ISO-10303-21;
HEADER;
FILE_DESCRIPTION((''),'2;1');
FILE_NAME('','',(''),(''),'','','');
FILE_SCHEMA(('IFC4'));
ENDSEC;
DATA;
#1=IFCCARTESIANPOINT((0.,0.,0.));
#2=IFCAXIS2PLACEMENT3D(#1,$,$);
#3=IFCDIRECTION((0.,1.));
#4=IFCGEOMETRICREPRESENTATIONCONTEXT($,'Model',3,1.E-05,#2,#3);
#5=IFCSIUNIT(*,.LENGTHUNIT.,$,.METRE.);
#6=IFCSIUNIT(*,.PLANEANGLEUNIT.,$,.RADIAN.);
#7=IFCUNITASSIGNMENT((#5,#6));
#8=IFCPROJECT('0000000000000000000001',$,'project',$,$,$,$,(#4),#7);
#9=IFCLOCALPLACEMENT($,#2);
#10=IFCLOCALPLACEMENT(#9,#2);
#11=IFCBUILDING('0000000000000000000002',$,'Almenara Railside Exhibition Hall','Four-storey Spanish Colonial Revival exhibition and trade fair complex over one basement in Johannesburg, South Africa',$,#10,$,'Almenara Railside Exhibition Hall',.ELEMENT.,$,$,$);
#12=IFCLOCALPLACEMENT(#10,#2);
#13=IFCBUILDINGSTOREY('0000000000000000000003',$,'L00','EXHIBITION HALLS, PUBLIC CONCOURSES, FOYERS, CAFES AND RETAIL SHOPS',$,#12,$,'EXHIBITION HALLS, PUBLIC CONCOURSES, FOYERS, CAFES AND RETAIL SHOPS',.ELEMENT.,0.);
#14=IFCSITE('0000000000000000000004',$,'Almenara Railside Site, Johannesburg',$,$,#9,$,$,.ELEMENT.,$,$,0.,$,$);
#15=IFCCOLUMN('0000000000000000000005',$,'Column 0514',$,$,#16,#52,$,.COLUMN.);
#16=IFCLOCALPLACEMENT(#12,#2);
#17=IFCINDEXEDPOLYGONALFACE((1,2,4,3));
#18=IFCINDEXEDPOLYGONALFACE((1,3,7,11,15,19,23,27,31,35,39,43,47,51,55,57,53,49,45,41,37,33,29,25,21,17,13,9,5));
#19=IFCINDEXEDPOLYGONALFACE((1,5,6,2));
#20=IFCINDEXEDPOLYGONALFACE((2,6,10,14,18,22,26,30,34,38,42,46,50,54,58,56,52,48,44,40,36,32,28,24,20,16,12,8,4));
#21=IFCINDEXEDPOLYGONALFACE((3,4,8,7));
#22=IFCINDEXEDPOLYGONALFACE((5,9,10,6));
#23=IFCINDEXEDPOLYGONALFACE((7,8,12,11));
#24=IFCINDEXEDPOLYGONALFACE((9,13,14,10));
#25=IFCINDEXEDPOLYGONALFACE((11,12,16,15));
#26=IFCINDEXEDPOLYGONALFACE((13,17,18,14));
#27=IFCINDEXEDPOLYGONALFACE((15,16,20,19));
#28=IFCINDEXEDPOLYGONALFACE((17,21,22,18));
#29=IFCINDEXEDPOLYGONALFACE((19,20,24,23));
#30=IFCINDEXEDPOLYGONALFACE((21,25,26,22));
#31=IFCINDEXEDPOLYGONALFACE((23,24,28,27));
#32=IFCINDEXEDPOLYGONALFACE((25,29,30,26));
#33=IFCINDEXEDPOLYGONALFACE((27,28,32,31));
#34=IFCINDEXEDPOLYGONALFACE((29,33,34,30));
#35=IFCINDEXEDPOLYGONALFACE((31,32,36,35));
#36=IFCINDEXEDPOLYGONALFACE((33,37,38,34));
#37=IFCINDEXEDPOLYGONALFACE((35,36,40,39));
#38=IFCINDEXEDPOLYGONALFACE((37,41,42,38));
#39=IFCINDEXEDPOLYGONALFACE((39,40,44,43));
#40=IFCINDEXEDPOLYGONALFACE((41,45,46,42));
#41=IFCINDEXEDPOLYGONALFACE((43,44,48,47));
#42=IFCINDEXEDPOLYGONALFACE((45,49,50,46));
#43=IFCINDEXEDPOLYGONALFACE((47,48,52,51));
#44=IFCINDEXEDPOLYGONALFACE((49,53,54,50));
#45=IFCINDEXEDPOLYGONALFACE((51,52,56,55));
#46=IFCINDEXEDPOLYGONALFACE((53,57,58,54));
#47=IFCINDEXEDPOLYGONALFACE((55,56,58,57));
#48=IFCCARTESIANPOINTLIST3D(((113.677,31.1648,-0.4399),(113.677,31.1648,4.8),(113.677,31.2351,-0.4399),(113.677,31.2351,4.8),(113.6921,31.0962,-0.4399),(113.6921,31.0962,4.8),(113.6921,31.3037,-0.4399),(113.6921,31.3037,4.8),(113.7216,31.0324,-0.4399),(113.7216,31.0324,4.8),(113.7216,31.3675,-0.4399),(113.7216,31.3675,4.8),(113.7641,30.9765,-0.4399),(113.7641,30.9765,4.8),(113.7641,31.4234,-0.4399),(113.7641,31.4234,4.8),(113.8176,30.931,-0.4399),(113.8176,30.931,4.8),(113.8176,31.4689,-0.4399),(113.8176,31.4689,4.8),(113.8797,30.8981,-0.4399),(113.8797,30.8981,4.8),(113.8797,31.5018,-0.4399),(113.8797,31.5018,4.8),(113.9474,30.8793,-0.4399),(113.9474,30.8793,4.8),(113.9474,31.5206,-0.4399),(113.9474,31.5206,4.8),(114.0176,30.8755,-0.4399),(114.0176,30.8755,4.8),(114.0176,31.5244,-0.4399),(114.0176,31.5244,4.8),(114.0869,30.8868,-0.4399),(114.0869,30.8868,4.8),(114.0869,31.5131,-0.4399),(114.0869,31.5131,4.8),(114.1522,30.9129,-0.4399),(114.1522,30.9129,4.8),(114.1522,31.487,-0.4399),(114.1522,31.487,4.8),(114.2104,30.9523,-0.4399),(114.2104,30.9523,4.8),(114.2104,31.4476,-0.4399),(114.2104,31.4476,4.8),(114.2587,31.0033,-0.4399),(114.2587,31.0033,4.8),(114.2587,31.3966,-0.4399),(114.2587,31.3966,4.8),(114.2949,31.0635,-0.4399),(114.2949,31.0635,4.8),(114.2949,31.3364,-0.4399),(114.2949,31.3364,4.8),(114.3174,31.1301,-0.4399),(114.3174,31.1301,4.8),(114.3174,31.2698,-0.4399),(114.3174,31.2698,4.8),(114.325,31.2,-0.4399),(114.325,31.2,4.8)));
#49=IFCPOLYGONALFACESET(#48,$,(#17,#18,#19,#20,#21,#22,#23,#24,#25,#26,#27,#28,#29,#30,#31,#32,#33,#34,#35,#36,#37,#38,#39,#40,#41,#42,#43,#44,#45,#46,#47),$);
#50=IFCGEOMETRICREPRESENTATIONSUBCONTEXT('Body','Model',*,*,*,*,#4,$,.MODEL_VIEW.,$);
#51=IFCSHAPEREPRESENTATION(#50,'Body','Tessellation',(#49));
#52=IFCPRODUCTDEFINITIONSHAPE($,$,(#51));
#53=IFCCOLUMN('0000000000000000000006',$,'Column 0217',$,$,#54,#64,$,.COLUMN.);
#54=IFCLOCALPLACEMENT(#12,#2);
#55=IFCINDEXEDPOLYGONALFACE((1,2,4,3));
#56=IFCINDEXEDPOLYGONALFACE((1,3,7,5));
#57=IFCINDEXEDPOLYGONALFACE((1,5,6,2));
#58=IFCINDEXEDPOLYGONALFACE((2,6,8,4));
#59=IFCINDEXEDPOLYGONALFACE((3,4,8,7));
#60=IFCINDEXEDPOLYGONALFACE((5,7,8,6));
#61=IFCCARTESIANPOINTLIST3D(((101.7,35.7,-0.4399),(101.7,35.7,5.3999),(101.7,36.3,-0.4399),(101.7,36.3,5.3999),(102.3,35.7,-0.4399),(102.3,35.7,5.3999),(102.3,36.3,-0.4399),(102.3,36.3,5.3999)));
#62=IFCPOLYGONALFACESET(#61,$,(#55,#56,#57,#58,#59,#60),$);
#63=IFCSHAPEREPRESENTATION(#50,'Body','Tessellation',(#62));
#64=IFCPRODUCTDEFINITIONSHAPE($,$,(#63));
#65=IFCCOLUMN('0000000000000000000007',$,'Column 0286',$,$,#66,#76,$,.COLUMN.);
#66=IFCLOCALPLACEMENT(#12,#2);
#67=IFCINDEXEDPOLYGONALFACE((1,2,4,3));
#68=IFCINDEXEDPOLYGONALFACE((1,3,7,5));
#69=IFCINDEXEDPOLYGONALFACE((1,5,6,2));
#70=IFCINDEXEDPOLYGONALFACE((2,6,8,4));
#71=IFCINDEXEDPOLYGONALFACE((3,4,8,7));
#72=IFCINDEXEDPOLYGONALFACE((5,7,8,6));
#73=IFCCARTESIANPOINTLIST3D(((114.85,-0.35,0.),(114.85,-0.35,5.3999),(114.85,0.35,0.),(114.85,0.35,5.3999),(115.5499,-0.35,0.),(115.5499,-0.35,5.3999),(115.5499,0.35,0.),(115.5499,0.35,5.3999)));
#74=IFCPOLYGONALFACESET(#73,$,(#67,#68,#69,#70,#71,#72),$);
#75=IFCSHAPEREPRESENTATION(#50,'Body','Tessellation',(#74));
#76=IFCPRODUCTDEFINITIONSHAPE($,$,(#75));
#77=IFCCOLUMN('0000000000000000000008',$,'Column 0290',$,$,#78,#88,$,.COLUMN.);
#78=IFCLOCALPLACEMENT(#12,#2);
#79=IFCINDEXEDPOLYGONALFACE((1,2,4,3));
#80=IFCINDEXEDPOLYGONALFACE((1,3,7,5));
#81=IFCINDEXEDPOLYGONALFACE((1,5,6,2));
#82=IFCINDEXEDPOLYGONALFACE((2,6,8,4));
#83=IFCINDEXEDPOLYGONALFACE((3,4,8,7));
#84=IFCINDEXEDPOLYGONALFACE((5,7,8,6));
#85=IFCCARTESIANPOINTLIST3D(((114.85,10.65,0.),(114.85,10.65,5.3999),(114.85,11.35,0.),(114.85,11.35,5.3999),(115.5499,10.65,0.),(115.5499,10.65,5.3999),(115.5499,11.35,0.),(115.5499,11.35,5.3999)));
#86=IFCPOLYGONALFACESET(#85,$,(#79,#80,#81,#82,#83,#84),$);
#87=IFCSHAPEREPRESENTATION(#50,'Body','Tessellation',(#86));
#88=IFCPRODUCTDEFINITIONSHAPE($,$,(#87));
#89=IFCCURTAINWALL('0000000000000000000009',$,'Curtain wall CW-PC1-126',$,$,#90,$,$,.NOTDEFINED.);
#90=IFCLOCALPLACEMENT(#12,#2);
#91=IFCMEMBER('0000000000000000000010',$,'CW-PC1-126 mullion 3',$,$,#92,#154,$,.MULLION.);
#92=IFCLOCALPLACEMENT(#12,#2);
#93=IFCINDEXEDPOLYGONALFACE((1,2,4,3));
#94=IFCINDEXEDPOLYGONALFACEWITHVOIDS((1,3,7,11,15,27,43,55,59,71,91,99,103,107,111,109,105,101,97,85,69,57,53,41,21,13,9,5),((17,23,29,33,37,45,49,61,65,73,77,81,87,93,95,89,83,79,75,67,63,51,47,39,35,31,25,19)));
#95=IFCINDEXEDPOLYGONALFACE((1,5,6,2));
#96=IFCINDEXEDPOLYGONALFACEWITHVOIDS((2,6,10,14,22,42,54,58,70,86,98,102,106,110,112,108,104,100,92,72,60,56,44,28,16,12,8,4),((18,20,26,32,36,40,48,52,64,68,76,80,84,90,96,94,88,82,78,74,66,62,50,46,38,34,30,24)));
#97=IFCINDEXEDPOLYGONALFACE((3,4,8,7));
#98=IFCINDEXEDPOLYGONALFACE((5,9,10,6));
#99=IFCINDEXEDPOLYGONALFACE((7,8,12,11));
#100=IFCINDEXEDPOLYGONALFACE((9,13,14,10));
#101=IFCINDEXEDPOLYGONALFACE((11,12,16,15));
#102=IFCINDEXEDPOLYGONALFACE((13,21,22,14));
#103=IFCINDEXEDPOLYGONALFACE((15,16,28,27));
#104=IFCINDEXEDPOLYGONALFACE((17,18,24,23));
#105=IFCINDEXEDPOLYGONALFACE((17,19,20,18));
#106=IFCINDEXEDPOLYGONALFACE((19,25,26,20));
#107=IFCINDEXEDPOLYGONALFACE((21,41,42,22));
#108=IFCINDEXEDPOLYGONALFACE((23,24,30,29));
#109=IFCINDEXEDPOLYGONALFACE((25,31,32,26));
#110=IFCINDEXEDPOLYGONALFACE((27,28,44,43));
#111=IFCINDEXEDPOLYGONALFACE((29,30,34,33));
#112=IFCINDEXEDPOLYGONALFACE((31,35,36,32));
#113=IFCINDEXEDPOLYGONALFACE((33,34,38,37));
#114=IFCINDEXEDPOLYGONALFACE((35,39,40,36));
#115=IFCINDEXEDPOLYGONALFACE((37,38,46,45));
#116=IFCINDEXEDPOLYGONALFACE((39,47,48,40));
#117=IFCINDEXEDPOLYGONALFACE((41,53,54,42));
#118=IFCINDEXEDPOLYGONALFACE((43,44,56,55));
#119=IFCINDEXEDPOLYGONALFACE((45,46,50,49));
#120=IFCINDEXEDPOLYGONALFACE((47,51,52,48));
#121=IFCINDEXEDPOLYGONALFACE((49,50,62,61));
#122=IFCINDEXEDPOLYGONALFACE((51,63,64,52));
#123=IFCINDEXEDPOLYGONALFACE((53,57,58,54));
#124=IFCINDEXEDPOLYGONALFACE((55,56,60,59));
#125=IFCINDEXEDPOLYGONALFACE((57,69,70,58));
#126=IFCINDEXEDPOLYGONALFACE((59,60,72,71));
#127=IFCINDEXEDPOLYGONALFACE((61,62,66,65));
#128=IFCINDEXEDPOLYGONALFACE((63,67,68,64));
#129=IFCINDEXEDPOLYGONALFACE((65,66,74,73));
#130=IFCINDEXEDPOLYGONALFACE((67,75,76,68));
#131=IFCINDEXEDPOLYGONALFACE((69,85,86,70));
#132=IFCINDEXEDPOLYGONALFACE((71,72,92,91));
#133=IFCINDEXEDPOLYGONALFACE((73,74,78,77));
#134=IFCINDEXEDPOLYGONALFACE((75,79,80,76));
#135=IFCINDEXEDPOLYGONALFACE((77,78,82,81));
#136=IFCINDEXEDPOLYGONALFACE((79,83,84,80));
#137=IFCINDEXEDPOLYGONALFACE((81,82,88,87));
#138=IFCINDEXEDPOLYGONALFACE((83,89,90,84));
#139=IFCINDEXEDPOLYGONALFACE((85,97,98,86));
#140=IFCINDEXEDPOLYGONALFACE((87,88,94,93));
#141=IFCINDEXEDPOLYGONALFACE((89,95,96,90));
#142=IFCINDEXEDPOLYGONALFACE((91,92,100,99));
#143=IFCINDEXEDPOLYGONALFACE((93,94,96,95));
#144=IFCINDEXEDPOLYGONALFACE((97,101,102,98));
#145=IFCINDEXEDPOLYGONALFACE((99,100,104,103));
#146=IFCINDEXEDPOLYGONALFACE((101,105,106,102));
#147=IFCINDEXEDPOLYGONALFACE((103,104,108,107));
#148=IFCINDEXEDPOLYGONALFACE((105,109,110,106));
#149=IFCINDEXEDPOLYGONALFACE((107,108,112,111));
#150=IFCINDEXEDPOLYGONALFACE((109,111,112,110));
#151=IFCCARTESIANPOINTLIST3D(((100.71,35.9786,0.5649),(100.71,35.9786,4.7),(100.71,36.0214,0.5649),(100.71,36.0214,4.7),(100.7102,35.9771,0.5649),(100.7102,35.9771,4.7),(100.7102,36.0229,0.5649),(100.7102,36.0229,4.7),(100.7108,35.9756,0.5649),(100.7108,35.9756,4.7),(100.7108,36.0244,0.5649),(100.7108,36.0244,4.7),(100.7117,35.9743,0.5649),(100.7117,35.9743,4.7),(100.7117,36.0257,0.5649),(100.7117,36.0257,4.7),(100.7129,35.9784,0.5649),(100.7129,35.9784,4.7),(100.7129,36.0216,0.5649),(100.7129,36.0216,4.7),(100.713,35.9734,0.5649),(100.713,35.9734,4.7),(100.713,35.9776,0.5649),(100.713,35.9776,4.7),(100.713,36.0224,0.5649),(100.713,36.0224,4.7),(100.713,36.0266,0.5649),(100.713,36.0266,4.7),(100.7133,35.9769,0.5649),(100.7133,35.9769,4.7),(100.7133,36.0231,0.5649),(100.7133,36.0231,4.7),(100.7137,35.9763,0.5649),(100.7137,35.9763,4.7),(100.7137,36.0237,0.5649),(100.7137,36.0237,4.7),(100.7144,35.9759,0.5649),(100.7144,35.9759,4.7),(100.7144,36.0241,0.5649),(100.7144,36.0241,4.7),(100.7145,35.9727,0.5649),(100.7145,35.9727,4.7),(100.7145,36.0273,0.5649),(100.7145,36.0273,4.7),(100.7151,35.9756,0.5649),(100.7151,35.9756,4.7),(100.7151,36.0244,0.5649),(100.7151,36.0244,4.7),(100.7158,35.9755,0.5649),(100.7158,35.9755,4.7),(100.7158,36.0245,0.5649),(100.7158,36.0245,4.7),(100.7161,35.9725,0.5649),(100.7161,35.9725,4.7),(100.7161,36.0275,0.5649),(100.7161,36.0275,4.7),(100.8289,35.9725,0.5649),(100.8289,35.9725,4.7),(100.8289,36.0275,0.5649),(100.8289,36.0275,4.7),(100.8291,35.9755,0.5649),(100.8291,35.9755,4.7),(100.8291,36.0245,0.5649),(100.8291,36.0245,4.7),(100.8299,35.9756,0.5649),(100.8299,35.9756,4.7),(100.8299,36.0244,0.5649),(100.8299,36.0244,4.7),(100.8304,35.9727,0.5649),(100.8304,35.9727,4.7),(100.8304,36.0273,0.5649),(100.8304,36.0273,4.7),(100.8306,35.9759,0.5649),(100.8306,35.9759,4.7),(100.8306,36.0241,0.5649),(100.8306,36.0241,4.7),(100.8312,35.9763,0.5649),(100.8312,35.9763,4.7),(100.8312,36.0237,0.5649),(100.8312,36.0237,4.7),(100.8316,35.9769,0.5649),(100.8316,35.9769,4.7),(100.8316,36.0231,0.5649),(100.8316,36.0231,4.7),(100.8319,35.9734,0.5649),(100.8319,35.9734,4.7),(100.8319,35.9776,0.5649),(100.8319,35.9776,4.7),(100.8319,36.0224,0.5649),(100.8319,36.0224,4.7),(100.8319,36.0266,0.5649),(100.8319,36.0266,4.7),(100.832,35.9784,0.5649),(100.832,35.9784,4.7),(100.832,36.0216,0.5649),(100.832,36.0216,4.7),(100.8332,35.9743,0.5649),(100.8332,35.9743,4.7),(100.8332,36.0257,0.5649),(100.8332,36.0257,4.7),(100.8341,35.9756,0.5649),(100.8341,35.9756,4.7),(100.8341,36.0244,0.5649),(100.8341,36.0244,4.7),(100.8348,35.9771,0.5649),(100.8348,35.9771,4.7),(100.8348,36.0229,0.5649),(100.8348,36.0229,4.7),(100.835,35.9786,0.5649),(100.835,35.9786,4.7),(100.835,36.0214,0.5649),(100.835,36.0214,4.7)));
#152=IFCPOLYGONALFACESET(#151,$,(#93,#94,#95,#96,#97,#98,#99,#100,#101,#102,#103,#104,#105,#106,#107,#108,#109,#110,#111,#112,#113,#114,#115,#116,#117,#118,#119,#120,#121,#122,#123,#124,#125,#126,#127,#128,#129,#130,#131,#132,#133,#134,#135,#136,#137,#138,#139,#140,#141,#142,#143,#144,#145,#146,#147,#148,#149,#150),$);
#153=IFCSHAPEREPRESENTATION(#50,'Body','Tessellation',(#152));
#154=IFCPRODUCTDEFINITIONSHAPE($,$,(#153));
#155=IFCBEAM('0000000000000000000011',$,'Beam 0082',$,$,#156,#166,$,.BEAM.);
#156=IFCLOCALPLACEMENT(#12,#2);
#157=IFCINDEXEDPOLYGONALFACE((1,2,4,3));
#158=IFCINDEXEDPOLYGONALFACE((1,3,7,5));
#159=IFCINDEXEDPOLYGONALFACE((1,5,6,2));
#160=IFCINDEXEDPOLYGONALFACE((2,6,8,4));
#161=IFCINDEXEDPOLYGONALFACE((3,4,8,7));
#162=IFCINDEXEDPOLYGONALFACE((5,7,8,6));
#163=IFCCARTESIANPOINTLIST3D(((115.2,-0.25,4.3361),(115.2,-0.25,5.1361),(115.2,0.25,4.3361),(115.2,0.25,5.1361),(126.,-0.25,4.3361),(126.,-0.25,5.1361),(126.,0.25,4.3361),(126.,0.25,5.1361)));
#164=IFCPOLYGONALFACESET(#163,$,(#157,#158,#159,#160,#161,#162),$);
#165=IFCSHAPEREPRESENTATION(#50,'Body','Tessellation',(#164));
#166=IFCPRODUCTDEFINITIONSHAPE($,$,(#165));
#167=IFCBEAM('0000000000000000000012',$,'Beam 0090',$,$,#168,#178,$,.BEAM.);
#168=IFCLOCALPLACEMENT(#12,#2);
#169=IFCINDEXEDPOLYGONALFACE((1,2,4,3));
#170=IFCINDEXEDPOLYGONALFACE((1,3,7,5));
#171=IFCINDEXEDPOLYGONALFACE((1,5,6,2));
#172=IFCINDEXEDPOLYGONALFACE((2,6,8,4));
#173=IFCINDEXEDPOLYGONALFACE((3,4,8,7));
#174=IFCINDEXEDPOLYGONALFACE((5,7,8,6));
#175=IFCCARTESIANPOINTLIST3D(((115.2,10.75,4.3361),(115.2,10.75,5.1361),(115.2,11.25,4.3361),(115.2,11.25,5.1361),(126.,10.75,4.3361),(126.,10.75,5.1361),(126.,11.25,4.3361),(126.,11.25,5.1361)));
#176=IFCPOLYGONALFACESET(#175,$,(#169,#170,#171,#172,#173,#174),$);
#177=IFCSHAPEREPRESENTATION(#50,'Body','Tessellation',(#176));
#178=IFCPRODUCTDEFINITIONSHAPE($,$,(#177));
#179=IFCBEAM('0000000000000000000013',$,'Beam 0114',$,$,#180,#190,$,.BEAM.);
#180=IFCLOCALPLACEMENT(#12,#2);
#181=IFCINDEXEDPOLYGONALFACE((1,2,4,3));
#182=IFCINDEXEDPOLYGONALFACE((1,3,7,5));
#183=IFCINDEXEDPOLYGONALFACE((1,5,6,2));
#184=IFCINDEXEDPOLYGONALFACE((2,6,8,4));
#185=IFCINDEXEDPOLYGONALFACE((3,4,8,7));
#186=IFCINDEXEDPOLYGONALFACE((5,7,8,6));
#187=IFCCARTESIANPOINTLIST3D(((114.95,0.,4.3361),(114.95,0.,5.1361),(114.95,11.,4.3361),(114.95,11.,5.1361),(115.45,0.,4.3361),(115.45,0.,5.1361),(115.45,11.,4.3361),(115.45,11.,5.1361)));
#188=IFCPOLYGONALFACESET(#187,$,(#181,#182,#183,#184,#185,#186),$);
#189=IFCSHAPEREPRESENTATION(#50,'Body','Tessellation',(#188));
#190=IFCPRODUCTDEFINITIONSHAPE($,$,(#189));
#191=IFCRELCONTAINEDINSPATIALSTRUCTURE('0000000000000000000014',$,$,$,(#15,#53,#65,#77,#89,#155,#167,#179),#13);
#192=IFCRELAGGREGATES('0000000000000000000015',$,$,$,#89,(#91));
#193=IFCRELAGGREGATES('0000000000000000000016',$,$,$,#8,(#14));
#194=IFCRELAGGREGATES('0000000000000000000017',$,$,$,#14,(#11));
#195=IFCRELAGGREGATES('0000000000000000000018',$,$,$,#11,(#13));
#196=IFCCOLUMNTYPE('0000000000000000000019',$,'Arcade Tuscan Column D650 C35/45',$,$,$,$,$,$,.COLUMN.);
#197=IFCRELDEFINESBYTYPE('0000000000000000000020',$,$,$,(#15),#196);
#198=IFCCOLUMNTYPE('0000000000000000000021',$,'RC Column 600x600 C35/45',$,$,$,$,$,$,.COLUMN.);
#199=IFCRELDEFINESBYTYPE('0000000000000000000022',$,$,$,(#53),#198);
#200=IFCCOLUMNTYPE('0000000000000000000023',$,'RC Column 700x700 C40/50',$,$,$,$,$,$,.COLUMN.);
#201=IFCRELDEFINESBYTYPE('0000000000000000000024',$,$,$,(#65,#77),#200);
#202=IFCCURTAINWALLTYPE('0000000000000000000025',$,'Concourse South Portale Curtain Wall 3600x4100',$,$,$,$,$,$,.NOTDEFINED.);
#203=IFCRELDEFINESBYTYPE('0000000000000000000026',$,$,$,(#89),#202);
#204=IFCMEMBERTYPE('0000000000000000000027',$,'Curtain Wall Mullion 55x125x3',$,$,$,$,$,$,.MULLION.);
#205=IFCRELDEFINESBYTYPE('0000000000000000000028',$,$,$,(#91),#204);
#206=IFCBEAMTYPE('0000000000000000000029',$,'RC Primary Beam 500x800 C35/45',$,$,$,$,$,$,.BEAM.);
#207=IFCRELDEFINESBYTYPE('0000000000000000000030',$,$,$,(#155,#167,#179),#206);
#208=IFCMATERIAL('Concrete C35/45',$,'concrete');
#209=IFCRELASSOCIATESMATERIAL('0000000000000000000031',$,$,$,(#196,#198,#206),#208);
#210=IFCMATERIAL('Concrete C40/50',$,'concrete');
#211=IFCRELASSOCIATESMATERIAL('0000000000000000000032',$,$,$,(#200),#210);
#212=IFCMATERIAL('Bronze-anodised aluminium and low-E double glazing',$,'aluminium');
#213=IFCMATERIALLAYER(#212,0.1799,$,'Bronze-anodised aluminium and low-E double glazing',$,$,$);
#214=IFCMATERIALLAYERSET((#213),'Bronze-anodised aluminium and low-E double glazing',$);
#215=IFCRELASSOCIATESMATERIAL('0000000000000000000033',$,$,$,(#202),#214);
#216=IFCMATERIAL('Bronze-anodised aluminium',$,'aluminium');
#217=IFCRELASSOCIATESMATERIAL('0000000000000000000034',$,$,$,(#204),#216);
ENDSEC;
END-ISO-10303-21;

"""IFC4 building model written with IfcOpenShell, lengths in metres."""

from ifc_helpers import new_model, si_unit, direction, frame, origin, origin_2d, place, context, subcontext, project, spatial, rectangle, hollow_rectangle, circle, extrude, material, layer, layer_set, material_profile, profile_set, type_object, element, aggregate, save


model = new_model("IFC4")

# Units and contexts
model_context = context("Model", 3, precision=1e-05, world=origin(), true_north=direction((0.0, 1.0)))
body_context = subcontext(model_context, "Body", "Model", "MODEL_VIEW")
ifc_project = project(units=[si_unit("LENGTHUNIT", "METRE"), si_unit("PLANEANGLEUNIT", "RADIAN")], contexts=[model_context])

# Site, building, storey
site_placement = place(None, origin())
site = spatial("IfcSite", under=ifc_project, at=site_placement, Name="Almenara Railside Site, Johannesburg", CompositionType="ELEMENT", RefElevation=0.0)
building_placement = place(site_placement, origin())
building = spatial("IfcBuilding", under=site, at=building_placement, Name="Almenara Railside Exhibition Hall", Description="Four-storey Spanish Colonial Revival exhibition and trade fair complex over one basement in Johannesburg, South Africa", LongName="Almenara Railside Exhibition Hall", CompositionType="ELEMENT")
storey_placement = place(building_placement, origin())
storey = spatial("IfcBuildingStorey", under=building, at=storey_placement, Name="L00", Description="EXHIBITION HALLS, PUBLIC CONCOURSES, FOYERS, CAFES AND RETAIL SHOPS", LongName="EXHIBITION HALLS, PUBLIC CONCOURSES, FOYERS, CAFES AND RETAIL SHOPS", CompositionType="ELEMENT", Elevation=0.0)

# Shared definitions
ifc_material_1 = material(Name="Concrete C40/50", Category="concrete")

# Columns
ifc_material_2 = material(Name="Concrete C35/45", Category="concrete")
ifc_material_profile_1 = material_profile(ifc_material_2, circle(Radius=0.325, at=origin_2d()), Name="RC-COL D650")
ifc_profile_set_1 = profile_set([ifc_material_profile_1], Name="Concrete C35/45")
column_type_1 = type_object("IfcColumnType", Name="Arcade Tuscan Column D650 C35/45", PredefinedType="COLUMN", material=ifc_profile_set_1)
for number, where, z_axis, x_axis, name in (
    (1, (114.0, 31.2, -0.4399), (0.0, 0.0, 1.0), (1.0, 0.0, 0.0), "Column 0514"),
):
    element("IfcColumn", number, at=place(storey_placement, frame(where, z_axis=z_axis, x_axis=x_axis)), inside=storey, type_object=column_type_1, Name=name, PredefinedType="COLUMN", context=body_context, shape_type="SweptSolid", body=[
        extrude(circle(Radius=0.325, at=origin_2d()), origin(), (0.0, 0.0, 1.0), 5.24),
    ])
ifc_material_profile_2 = material_profile(ifc_material_2, rectangle(XDim=0.6001, YDim=0.6001, at=origin_2d()), Name="RC 600x600")
ifc_profile_set_2 = profile_set([ifc_material_profile_2], Name="Concrete C35/45")
column_type_2 = type_object("IfcColumnType", Name="RC Column 600x600 C35/45", PredefinedType="COLUMN", material=ifc_profile_set_2)
column_placement = place(storey_placement, frame((102.0, 36.0, -0.4399), z_axis=(0.0, 0.0, 1.0), x_axis=(1.0, 0.0, 0.0)))
element("IfcColumn", 2, at=column_placement, inside=storey, type_object=column_type_2, Name="Column 0217", PredefinedType="COLUMN", context=body_context, shape_type="SweptSolid", body=[
    extrude(rectangle(XDim=0.6001, YDim=0.6001, at=origin_2d()), origin(), (0.0, 0.0, 1.0), 5.8398),
])
ifc_material_profile_3 = material_profile(ifc_material_1, rectangle(XDim=0.7, YDim=0.7, at=origin_2d()), Name="RC 700x700")
ifc_profile_set_3 = profile_set([ifc_material_profile_3], Name="Concrete C40/50")
column_type_3 = type_object("IfcColumnType", Name="RC Column 700x700 C40/50", PredefinedType="COLUMN", material=ifc_profile_set_3)
for number, where, z_axis, x_axis, name in (
    (3, (115.2, 0.0, 0.0), (0.0, 0.0, 1.0), (1.0, 0.0, 0.0), "Column 0286"),
    (4, (115.2, 11.0, 0.0), (0.0, 0.0, 1.0), (1.0, 0.0, 0.0), "Column 0290"),
):
    element("IfcColumn", number, at=place(storey_placement, frame(where, z_axis=z_axis, x_axis=x_axis)), inside=storey, type_object=column_type_3, Name=name, PredefinedType="COLUMN", context=body_context, shape_type="SweptSolid", body=[
        extrude(rectangle(XDim=0.7, YDim=0.7, at=origin_2d()), origin(), (0.0, 0.0, 1.0), 5.3999),
    ])

# Curtain wall, member
ifc_material_3 = material(Name="Bronze-anodised aluminium and low-E double glazing", Category="aluminium")
ifc_layer_1 = layer(ifc_material_3, 0.1799, Name="Bronze-anodised aluminium and low-E double glazing")
ifc_layer_set_1 = layer_set([ifc_layer_1], Name="Bronze-anodised aluminium and low-E double glazing")
curtain_wall_type = type_object("IfcCurtainWallType", Name="Concourse South Portale Curtain Wall 3600x4100", PredefinedType="NOTDEFINED", material=ifc_layer_set_1)
curtain_wall_placement = place(storey_placement, origin())
curtain_wall = element("IfcCurtainWall", 5, at=curtain_wall_placement, inside=storey, type_object=curtain_wall_type, Name="Curtain wall CW-PC1-126", PredefinedType="NOTDEFINED")
ifc_material_4 = material(Name="Bronze-anodised aluminium", Category="aluminium")
ifc_material_profile_4 = material_profile(ifc_material_4, hollow_rectangle(XDim=0.0549, YDim=0.125, WallThickness=0.0029, InnerFilletRadius=0.0029, OuterFilletRadius=0.0061, at=origin_2d()), Name="ALU-MUL 55x125x3")
ifc_profile_set_4 = profile_set([ifc_material_profile_4], Name="Bronze-anodised aluminium")
member_type = type_object("IfcMemberType", Name="Curtain Wall Mullion 55x125x3", PredefinedType="MULLION", material=ifc_profile_set_4)
member_placement = place(storey_placement, frame((100.7725, 36.0, 0.5649), z_axis=(0.0, 0.0, 1.0), x_axis=(0.0, 1.0, 0.0)))
member = element("IfcMember", 6, at=member_placement, type_object=member_type, Name="CW-PC1-126 mullion 3", PredefinedType="MULLION", context=body_context, shape_type="SweptSolid", body=[
    extrude(hollow_rectangle(XDim=0.0549, YDim=0.125, WallThickness=0.0029, InnerFilletRadius=0.0029, OuterFilletRadius=0.0061, at=origin_2d()), origin(), (0.0, 0.0, 1.0), 4.135),
])

# Beams
ifc_material_profile_5 = material_profile(ifc_material_2, rectangle(XDim=0.5, YDim=0.8, at=origin_2d()), Name="RC 500x800")
ifc_profile_set_5 = profile_set([ifc_material_profile_5], Name="Concrete C35/45")
beam_type_1 = type_object("IfcBeamType", Name="RC Primary Beam 500x800 C35/45", PredefinedType="BEAM", material=ifc_profile_set_5)
for number, where, z_axis, x_axis, name in (
    (7, (115.2, 0.0, 4.7361), (1.0, 0.0, 0.0), (0.0, 1.0, 0.0), "Beam 0082"),
    (8, (115.2, 11.0, 4.7361), (1.0, 0.0, 0.0), (0.0, 1.0, 0.0), "Beam 0090"),
):
    element("IfcBeam", number, at=place(storey_placement, frame(where, z_axis=z_axis, x_axis=x_axis)), inside=storey, type_object=beam_type_1, Name=name, PredefinedType="BEAM", context=body_context, shape_type="SweptSolid", body=[
        extrude(rectangle(XDim=0.5, YDim=0.8, at=origin_2d()), origin(), (0.0, 0.0, 1.0), 10.8),
    ])
beam_1_placement = place(storey_placement, frame((115.2, 0.0, 4.7361), z_axis=(0.0, 1.0, 0.0), x_axis=(-1.0, 0.0, 0.0)))
element("IfcBeam", 9, at=beam_1_placement, inside=storey, type_object=beam_type_1, Name="Beam 0114", PredefinedType="BEAM", context=body_context, shape_type="SweptSolid", body=[
    extrude(rectangle(XDim=0.5, YDim=0.8, at=origin_2d()), origin(), (0.0, 0.0, 1.0), 11.0),
])

aggregate(curtain_wall, [member])

save(model, "model.ifc")
